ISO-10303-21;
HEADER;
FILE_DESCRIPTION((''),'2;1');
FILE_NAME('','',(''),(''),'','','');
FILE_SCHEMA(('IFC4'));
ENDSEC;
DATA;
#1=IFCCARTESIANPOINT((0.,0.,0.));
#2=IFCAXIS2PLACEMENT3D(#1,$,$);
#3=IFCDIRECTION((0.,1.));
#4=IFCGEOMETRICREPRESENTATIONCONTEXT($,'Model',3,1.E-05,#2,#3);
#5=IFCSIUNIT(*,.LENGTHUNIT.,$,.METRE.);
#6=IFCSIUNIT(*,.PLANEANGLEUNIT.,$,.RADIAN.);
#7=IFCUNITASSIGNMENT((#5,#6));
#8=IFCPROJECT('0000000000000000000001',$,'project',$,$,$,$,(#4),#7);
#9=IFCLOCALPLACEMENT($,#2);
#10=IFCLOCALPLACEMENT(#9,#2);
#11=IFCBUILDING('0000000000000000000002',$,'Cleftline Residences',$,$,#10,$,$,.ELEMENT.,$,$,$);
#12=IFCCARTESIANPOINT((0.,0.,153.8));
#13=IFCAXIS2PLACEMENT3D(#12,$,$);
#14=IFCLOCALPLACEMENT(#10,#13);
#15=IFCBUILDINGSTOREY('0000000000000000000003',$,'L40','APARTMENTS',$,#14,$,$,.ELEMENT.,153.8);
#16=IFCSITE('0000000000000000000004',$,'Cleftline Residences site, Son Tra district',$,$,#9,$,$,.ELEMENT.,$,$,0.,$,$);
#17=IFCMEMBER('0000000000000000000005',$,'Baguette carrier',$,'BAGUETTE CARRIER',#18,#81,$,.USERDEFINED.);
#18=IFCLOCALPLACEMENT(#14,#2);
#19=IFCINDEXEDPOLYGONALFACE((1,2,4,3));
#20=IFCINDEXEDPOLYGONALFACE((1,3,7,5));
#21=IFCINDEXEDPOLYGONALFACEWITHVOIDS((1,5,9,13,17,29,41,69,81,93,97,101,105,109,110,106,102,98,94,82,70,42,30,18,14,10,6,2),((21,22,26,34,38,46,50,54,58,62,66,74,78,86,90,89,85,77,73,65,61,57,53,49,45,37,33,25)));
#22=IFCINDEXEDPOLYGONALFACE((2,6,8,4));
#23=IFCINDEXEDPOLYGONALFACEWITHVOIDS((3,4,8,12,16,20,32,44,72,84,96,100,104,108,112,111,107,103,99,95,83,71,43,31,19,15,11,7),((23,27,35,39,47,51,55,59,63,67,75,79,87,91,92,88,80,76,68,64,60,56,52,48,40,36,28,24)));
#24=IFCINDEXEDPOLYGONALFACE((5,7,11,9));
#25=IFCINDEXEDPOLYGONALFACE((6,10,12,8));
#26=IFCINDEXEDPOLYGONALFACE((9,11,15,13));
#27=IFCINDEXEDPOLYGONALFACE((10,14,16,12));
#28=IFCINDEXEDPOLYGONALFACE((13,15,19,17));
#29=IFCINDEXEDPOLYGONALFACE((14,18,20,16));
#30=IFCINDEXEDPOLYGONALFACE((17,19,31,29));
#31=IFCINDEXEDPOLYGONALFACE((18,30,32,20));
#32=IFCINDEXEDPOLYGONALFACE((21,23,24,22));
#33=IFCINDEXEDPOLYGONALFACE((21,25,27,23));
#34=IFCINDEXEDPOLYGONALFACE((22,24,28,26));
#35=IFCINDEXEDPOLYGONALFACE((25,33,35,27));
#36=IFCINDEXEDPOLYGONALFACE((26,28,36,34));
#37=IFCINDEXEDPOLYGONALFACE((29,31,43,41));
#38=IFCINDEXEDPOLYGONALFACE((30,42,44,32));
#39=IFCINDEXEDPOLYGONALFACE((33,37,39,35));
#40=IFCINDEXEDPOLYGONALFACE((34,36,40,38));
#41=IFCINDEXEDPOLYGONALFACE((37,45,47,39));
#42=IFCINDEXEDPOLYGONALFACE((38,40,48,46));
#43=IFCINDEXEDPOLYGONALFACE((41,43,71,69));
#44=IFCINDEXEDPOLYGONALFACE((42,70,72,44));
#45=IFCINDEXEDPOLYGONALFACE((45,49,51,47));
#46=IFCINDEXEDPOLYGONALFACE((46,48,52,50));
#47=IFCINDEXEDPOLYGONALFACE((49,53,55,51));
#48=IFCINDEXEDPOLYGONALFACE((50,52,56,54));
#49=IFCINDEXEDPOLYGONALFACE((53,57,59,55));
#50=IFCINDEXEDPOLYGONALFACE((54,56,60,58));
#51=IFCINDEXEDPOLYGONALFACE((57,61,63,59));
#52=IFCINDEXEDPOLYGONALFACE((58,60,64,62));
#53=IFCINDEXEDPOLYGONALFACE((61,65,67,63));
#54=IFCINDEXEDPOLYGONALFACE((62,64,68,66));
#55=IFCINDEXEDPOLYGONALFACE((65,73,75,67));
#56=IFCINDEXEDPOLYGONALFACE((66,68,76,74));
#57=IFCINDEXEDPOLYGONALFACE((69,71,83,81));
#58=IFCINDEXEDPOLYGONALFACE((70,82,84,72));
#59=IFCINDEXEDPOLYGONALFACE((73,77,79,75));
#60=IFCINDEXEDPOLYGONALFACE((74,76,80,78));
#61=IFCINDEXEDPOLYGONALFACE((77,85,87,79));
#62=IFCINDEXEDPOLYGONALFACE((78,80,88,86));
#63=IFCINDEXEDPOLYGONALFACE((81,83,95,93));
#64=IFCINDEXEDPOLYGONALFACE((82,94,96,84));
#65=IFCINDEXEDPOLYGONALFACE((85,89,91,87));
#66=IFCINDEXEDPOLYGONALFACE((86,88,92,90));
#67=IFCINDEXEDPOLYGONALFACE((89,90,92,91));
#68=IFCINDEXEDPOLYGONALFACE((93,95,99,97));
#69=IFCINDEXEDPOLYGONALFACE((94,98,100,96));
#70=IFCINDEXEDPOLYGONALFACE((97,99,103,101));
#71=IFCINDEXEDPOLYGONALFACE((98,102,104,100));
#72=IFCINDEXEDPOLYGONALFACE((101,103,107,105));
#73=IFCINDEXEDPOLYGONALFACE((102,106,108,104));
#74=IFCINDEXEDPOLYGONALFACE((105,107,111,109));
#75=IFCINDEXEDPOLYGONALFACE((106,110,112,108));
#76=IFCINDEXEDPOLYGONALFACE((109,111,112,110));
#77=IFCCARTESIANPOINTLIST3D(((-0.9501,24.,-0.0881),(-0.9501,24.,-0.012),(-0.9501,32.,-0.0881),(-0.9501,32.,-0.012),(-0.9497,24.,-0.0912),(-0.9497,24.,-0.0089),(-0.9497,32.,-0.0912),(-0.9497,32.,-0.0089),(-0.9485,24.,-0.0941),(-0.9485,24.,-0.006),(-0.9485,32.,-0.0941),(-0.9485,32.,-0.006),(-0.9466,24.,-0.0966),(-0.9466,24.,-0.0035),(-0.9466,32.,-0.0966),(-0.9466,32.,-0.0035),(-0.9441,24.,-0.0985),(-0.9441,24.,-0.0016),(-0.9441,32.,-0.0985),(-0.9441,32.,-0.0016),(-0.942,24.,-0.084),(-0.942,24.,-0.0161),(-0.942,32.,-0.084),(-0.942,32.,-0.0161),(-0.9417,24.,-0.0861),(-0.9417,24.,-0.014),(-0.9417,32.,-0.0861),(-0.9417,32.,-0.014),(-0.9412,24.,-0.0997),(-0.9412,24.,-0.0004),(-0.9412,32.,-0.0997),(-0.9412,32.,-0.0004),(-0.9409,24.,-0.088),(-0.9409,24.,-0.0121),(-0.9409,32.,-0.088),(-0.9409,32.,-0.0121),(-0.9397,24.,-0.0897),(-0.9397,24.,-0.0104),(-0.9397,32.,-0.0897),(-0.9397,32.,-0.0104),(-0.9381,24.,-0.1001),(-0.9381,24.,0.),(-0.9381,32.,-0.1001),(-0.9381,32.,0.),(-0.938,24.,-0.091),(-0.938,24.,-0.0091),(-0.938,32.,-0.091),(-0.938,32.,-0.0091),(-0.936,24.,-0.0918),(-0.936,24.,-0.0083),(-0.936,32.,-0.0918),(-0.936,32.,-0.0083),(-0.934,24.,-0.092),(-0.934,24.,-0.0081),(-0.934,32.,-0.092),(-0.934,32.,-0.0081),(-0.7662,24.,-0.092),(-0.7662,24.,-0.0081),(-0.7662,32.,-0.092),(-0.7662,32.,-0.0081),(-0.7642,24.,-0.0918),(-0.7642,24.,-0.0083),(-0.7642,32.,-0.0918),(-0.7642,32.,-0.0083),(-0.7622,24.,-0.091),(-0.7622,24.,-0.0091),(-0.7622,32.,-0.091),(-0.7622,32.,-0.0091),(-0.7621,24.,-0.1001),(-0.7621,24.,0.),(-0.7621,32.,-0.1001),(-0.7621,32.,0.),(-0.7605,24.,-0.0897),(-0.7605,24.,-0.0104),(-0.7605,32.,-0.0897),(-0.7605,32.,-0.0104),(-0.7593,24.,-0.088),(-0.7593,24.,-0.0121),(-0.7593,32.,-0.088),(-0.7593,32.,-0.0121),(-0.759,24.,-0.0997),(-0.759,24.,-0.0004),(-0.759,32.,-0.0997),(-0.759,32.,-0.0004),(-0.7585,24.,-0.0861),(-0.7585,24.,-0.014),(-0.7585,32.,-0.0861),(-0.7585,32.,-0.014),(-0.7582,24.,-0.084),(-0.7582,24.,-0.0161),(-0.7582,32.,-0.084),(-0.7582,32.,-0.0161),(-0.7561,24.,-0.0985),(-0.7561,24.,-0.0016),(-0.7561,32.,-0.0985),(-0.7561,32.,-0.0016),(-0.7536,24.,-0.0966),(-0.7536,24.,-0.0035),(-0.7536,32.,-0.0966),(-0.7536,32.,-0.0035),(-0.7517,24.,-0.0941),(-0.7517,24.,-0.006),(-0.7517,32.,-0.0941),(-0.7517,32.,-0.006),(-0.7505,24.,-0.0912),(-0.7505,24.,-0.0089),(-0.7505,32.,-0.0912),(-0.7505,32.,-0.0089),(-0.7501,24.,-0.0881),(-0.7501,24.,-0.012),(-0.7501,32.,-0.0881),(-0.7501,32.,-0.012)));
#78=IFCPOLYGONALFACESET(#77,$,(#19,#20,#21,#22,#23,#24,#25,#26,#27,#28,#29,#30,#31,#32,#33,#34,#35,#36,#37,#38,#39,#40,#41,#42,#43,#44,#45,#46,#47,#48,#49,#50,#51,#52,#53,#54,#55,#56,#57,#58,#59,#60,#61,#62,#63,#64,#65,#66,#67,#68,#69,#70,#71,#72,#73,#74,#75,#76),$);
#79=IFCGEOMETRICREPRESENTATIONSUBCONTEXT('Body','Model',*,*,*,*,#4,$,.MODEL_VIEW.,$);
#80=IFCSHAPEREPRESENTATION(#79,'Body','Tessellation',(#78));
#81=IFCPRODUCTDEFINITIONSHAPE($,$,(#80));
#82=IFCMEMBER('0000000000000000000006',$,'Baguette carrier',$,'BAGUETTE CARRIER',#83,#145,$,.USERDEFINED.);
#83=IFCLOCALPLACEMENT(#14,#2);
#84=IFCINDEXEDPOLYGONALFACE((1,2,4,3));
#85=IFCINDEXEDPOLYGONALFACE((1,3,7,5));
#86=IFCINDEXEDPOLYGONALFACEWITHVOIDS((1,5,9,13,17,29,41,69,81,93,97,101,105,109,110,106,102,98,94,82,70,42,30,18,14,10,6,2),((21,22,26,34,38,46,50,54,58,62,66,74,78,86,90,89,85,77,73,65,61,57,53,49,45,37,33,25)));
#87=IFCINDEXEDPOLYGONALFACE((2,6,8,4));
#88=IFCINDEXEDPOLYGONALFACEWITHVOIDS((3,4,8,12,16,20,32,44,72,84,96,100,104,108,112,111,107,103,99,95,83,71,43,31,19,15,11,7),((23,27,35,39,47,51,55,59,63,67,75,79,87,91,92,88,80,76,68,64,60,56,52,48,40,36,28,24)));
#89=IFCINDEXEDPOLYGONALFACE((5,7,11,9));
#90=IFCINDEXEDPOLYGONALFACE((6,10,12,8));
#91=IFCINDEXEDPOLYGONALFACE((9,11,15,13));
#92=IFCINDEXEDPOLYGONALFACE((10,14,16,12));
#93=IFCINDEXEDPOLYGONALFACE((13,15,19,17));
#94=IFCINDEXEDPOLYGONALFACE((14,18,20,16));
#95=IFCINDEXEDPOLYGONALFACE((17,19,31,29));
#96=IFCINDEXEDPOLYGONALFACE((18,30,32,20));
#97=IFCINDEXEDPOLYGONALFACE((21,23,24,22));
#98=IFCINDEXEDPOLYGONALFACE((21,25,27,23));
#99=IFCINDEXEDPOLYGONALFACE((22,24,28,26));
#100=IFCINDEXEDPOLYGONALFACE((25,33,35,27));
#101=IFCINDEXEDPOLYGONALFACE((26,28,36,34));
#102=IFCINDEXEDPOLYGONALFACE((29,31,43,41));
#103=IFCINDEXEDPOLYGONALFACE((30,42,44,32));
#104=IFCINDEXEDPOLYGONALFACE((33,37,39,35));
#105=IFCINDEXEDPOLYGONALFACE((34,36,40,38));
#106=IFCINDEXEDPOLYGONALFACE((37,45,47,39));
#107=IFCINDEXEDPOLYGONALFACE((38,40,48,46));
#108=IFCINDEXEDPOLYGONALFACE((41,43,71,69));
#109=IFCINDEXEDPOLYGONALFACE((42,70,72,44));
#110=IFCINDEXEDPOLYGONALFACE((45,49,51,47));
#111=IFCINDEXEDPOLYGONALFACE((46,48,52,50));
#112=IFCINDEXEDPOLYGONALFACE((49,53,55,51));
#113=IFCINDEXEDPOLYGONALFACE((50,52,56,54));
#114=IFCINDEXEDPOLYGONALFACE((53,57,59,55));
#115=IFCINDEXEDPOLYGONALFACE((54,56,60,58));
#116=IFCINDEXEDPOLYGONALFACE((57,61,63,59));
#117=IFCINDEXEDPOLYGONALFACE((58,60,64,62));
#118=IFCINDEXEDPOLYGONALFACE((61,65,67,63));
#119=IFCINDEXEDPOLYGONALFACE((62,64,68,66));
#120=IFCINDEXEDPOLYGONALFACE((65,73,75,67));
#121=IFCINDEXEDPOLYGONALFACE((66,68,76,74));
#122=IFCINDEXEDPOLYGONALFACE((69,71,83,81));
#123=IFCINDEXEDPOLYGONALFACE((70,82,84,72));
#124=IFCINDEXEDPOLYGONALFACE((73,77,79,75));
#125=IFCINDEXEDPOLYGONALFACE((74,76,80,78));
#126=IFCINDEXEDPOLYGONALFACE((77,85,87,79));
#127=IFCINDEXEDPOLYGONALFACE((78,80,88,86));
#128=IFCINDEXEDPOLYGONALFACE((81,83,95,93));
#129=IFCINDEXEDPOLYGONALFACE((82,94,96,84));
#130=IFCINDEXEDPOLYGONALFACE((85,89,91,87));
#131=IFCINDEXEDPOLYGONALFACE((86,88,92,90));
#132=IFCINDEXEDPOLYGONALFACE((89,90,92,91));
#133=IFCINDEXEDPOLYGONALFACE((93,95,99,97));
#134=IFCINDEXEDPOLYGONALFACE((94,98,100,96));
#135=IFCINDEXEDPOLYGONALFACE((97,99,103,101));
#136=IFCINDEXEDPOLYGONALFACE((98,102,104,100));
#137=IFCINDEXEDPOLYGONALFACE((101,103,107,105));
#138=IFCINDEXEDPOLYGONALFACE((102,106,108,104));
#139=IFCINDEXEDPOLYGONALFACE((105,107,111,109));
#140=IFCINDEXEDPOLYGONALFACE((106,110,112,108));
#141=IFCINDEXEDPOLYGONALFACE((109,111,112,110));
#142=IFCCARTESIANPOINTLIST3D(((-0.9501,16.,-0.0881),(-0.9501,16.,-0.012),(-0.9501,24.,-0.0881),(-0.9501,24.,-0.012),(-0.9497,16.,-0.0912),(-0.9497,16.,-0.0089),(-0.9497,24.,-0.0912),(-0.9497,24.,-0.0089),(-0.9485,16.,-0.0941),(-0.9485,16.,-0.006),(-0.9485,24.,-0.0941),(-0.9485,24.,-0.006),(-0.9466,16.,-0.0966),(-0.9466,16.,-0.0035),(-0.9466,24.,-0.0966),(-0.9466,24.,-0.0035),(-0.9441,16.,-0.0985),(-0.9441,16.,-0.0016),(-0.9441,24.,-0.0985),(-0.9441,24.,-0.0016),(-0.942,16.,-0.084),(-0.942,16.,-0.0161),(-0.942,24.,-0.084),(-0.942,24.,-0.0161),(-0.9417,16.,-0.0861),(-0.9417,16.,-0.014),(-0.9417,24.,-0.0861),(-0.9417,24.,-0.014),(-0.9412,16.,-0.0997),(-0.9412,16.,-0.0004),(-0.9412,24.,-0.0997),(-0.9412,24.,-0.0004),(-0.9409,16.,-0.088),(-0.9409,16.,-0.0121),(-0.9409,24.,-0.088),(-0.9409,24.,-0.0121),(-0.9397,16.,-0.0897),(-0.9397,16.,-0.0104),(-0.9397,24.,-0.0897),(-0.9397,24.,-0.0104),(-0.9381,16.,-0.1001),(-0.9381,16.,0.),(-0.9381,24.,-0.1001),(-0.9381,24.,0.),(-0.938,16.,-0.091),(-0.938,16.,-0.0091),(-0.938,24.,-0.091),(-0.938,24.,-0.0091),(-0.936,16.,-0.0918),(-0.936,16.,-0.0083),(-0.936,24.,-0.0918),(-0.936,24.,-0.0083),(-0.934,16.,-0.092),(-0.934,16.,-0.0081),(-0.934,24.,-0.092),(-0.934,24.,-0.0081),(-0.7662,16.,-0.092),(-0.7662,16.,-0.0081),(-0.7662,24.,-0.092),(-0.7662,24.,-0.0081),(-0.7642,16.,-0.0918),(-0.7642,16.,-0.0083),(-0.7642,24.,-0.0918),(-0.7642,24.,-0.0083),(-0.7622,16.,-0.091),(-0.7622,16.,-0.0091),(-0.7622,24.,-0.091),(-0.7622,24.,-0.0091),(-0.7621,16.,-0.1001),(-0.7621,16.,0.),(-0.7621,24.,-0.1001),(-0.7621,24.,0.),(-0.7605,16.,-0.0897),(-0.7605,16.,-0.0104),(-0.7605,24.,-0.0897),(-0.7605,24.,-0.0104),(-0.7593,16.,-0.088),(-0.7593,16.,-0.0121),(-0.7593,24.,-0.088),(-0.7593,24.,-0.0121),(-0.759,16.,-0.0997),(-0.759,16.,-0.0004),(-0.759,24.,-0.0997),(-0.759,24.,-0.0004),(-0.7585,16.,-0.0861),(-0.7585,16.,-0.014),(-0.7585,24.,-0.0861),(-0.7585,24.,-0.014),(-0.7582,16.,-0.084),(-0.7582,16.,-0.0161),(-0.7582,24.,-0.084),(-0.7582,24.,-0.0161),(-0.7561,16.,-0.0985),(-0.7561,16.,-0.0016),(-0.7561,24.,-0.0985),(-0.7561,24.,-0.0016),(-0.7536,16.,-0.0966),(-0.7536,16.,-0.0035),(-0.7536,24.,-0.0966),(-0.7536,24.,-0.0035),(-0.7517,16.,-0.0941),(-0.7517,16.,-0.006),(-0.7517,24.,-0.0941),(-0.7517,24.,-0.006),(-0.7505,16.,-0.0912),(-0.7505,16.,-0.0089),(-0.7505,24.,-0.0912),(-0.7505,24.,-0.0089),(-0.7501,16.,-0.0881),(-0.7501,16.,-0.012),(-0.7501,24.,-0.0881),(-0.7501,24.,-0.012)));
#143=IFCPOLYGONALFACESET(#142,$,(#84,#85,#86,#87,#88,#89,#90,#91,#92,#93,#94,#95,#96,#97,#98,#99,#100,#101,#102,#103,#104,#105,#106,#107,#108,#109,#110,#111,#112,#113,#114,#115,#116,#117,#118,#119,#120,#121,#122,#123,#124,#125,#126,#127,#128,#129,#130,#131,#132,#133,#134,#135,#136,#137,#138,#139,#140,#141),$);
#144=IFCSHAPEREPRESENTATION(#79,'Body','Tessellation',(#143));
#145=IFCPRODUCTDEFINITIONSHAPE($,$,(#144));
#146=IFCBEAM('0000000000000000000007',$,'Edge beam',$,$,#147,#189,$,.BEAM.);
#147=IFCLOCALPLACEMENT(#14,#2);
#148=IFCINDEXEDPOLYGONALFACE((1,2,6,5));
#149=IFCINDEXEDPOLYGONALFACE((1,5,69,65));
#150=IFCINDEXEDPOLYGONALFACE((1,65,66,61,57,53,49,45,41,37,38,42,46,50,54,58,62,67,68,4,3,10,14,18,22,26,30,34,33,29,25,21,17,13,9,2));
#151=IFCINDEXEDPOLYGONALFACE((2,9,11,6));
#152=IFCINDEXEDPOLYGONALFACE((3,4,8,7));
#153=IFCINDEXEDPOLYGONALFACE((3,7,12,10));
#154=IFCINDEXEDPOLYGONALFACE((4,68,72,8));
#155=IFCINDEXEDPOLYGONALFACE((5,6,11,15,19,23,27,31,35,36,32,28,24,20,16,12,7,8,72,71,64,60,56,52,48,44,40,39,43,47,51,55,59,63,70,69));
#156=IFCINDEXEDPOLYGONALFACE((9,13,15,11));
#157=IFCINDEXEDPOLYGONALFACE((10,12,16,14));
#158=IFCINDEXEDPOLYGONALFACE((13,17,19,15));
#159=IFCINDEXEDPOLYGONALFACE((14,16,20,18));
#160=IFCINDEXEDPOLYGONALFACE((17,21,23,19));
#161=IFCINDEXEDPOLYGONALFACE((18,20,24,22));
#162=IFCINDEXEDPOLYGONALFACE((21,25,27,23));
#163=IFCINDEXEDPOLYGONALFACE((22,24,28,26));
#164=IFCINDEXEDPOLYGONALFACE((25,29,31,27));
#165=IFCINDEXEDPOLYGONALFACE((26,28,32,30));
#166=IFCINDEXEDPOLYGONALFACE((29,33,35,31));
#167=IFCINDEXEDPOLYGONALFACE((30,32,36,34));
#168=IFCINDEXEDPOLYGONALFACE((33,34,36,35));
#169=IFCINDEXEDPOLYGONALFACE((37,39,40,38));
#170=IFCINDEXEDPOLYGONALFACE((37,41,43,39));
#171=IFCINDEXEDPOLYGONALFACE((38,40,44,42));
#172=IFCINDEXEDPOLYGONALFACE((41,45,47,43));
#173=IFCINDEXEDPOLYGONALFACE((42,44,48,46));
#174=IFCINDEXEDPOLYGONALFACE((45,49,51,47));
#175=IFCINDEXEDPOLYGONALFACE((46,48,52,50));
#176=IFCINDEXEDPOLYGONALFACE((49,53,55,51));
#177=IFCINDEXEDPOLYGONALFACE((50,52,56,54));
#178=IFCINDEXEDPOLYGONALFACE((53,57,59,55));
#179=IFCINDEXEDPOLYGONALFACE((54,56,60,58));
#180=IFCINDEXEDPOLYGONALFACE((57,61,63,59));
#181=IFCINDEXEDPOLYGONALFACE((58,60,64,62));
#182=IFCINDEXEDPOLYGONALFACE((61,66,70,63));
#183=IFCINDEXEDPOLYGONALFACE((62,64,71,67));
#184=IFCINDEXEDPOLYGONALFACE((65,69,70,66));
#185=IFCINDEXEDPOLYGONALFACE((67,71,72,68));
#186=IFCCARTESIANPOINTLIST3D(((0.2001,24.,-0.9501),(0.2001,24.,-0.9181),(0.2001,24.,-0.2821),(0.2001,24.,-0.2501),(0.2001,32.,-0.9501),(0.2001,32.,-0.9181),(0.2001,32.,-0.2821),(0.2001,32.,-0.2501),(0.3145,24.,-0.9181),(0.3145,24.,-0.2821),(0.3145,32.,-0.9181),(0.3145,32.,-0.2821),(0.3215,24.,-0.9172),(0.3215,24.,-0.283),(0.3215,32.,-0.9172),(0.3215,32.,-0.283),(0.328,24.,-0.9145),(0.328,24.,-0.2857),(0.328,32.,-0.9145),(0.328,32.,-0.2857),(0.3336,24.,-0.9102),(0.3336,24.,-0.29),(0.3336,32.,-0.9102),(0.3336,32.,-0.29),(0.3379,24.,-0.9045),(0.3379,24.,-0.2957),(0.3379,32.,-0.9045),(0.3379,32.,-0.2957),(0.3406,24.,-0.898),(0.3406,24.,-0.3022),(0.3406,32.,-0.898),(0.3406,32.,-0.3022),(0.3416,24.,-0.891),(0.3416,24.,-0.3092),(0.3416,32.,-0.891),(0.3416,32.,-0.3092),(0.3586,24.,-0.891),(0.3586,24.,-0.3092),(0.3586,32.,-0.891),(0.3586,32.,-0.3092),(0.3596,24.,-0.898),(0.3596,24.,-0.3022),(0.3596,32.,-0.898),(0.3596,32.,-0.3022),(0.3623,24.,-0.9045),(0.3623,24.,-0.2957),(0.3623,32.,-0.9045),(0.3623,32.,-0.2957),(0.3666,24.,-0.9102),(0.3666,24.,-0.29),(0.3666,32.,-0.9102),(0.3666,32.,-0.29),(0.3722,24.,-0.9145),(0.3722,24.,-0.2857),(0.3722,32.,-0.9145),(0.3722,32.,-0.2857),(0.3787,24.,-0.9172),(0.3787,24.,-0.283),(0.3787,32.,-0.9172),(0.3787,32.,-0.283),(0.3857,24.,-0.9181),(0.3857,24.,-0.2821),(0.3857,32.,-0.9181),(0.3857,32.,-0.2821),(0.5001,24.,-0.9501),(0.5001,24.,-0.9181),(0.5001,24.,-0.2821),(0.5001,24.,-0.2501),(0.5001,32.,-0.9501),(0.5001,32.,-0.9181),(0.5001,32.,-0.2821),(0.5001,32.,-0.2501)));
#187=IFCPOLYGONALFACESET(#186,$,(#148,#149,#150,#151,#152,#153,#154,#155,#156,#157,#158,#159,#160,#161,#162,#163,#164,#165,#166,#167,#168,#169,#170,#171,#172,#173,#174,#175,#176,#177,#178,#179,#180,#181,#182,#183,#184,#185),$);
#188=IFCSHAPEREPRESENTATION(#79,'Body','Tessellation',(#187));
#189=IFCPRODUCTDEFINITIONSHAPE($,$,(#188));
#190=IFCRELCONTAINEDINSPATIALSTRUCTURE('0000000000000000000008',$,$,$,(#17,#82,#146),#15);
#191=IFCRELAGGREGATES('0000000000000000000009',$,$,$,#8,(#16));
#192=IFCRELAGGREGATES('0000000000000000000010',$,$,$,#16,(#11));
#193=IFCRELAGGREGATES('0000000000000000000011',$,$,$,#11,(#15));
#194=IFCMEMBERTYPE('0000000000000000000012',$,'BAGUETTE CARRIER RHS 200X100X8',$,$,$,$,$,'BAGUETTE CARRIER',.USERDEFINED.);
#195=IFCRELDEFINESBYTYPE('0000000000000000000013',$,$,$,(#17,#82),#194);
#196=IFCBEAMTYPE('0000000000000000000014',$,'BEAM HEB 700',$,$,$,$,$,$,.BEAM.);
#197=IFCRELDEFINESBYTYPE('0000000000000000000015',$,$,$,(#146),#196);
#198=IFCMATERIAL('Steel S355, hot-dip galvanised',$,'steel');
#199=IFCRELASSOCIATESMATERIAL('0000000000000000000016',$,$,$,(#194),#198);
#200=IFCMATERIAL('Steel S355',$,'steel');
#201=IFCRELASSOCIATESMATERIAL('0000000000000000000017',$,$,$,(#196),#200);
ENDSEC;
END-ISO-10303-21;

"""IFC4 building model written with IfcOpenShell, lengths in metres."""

from ifc_helpers import new_model, si_unit, direction, frame, origin, origin_2d, place, context, subcontext, project, spatial, hollow_rectangle, i_section, extrude, material, material_profile, profile_set, type_object, element, save


model = new_model("IFC4")

# Units and contexts
model_context = context("Model", 3, precision=1e-05, world=origin(), true_north=direction((0.0, 1.0)))
body_context = subcontext(model_context, "Body", "Model", "MODEL_VIEW")
ifc_project = project(units=[si_unit("LENGTHUNIT", "METRE"), si_unit("PLANEANGLEUNIT", "RADIAN")], contexts=[model_context])

# Site, building, storey
site_placement = place(None, origin())
site = spatial("IfcSite", under=ifc_project, at=site_placement, Name="Cleftline Residences site, Son Tra district", CompositionType="ELEMENT", RefElevation=0.0)
building_placement = place(site_placement, origin())
building = spatial("IfcBuilding", under=site, at=building_placement, Name="Cleftline Residences", CompositionType="ELEMENT")
storey_placement = place(building_placement, frame((0.0, 0.0, 153.8)))
storey = spatial("IfcBuildingStorey", under=building, at=storey_placement, Name="L40", Description="APARTMENTS", CompositionType="ELEMENT", Elevation=153.8)

# Members
ifc_material_1 = material(Name="Steel S355, hot-dip galvanised", Category="steel")
ifc_material_profile_1 = material_profile(ifc_material_1, hollow_rectangle(XDim=0.1001, YDim=0.2, WallThickness=0.0081, InnerFilletRadius=0.0081, OuterFilletRadius=0.012, at=origin_2d()))
ifc_profile_set_1 = profile_set([ifc_material_profile_1], Name="Steel S355, hot-dip galvanised")
member_type_1 = type_object("IfcMemberType", Name="BAGUETTE CARRIER RHS 200X100X8", ElementType="BAGUETTE CARRIER", PredefinedType="USERDEFINED", material=ifc_profile_set_1)
for number, where, z_axis, x_axis, name in (
    (1, (-0.8501, 32.0, -0.05), (0.0, -1.0, 0.0), (0.0, 0.0, 1.0), "Baguette carrier"),
    (2, (-0.8501, 24.0, -0.05), (0.0, -1.0, 0.0), (0.0, 0.0, 1.0), "Baguette carrier"),
):
    element("IfcMember", number, at=place(storey_placement, frame(where, z_axis=z_axis, x_axis=x_axis)), inside=storey, type_object=member_type_1, Name=name, ObjectType="BAGUETTE CARRIER", PredefinedType="USERDEFINED", context=body_context, shape_type="SweptSolid", body=[
        extrude(hollow_rectangle(XDim=0.1001, YDim=0.2, WallThickness=0.0081, InnerFilletRadius=0.0081, OuterFilletRadius=0.012, at=origin_2d()), origin(), (0.0, 0.0, 1.0), 8.0),
    ])

# Beam
ifc_material_2 = material(Name="Steel S355", Category="steel")
ifc_material_profile_2 = material_profile(ifc_material_2, i_section(OverallWidth=0.3, OverallDepth=0.7, WebThickness=0.0171, FlangeThickness=0.032, FilletRadius=0.0271, at=origin_2d()))
ifc_profile_set_2 = profile_set([ifc_material_profile_2], Name="Steel S355")
beam_type = type_object("IfcBeamType", Name="BEAM HEB 700", PredefinedType="BEAM", material=ifc_profile_set_2)
for number, where, z_axis, x_axis, name in (
    (3, (0.3501, 24.0, -0.6001), (0.0, 1.0, 0.0), (-1.0, 0.0, 0.0), "Edge beam"),
):
    element("IfcBeam", number, at=place(storey_placement, frame(where, z_axis=z_axis, x_axis=x_axis)), inside=storey, type_object=beam_type, Name=name, PredefinedType="BEAM", context=body_context, shape_type="SweptSolid", body=[
        extrude(i_section(OverallWidth=0.3, OverallDepth=0.7, WebThickness=0.0171, FlangeThickness=0.032, FilletRadius=0.0271, at=origin_2d()), origin(), (0.0, 0.0, 1.0), 8.0),
    ])

save(model, "model.ifc")
